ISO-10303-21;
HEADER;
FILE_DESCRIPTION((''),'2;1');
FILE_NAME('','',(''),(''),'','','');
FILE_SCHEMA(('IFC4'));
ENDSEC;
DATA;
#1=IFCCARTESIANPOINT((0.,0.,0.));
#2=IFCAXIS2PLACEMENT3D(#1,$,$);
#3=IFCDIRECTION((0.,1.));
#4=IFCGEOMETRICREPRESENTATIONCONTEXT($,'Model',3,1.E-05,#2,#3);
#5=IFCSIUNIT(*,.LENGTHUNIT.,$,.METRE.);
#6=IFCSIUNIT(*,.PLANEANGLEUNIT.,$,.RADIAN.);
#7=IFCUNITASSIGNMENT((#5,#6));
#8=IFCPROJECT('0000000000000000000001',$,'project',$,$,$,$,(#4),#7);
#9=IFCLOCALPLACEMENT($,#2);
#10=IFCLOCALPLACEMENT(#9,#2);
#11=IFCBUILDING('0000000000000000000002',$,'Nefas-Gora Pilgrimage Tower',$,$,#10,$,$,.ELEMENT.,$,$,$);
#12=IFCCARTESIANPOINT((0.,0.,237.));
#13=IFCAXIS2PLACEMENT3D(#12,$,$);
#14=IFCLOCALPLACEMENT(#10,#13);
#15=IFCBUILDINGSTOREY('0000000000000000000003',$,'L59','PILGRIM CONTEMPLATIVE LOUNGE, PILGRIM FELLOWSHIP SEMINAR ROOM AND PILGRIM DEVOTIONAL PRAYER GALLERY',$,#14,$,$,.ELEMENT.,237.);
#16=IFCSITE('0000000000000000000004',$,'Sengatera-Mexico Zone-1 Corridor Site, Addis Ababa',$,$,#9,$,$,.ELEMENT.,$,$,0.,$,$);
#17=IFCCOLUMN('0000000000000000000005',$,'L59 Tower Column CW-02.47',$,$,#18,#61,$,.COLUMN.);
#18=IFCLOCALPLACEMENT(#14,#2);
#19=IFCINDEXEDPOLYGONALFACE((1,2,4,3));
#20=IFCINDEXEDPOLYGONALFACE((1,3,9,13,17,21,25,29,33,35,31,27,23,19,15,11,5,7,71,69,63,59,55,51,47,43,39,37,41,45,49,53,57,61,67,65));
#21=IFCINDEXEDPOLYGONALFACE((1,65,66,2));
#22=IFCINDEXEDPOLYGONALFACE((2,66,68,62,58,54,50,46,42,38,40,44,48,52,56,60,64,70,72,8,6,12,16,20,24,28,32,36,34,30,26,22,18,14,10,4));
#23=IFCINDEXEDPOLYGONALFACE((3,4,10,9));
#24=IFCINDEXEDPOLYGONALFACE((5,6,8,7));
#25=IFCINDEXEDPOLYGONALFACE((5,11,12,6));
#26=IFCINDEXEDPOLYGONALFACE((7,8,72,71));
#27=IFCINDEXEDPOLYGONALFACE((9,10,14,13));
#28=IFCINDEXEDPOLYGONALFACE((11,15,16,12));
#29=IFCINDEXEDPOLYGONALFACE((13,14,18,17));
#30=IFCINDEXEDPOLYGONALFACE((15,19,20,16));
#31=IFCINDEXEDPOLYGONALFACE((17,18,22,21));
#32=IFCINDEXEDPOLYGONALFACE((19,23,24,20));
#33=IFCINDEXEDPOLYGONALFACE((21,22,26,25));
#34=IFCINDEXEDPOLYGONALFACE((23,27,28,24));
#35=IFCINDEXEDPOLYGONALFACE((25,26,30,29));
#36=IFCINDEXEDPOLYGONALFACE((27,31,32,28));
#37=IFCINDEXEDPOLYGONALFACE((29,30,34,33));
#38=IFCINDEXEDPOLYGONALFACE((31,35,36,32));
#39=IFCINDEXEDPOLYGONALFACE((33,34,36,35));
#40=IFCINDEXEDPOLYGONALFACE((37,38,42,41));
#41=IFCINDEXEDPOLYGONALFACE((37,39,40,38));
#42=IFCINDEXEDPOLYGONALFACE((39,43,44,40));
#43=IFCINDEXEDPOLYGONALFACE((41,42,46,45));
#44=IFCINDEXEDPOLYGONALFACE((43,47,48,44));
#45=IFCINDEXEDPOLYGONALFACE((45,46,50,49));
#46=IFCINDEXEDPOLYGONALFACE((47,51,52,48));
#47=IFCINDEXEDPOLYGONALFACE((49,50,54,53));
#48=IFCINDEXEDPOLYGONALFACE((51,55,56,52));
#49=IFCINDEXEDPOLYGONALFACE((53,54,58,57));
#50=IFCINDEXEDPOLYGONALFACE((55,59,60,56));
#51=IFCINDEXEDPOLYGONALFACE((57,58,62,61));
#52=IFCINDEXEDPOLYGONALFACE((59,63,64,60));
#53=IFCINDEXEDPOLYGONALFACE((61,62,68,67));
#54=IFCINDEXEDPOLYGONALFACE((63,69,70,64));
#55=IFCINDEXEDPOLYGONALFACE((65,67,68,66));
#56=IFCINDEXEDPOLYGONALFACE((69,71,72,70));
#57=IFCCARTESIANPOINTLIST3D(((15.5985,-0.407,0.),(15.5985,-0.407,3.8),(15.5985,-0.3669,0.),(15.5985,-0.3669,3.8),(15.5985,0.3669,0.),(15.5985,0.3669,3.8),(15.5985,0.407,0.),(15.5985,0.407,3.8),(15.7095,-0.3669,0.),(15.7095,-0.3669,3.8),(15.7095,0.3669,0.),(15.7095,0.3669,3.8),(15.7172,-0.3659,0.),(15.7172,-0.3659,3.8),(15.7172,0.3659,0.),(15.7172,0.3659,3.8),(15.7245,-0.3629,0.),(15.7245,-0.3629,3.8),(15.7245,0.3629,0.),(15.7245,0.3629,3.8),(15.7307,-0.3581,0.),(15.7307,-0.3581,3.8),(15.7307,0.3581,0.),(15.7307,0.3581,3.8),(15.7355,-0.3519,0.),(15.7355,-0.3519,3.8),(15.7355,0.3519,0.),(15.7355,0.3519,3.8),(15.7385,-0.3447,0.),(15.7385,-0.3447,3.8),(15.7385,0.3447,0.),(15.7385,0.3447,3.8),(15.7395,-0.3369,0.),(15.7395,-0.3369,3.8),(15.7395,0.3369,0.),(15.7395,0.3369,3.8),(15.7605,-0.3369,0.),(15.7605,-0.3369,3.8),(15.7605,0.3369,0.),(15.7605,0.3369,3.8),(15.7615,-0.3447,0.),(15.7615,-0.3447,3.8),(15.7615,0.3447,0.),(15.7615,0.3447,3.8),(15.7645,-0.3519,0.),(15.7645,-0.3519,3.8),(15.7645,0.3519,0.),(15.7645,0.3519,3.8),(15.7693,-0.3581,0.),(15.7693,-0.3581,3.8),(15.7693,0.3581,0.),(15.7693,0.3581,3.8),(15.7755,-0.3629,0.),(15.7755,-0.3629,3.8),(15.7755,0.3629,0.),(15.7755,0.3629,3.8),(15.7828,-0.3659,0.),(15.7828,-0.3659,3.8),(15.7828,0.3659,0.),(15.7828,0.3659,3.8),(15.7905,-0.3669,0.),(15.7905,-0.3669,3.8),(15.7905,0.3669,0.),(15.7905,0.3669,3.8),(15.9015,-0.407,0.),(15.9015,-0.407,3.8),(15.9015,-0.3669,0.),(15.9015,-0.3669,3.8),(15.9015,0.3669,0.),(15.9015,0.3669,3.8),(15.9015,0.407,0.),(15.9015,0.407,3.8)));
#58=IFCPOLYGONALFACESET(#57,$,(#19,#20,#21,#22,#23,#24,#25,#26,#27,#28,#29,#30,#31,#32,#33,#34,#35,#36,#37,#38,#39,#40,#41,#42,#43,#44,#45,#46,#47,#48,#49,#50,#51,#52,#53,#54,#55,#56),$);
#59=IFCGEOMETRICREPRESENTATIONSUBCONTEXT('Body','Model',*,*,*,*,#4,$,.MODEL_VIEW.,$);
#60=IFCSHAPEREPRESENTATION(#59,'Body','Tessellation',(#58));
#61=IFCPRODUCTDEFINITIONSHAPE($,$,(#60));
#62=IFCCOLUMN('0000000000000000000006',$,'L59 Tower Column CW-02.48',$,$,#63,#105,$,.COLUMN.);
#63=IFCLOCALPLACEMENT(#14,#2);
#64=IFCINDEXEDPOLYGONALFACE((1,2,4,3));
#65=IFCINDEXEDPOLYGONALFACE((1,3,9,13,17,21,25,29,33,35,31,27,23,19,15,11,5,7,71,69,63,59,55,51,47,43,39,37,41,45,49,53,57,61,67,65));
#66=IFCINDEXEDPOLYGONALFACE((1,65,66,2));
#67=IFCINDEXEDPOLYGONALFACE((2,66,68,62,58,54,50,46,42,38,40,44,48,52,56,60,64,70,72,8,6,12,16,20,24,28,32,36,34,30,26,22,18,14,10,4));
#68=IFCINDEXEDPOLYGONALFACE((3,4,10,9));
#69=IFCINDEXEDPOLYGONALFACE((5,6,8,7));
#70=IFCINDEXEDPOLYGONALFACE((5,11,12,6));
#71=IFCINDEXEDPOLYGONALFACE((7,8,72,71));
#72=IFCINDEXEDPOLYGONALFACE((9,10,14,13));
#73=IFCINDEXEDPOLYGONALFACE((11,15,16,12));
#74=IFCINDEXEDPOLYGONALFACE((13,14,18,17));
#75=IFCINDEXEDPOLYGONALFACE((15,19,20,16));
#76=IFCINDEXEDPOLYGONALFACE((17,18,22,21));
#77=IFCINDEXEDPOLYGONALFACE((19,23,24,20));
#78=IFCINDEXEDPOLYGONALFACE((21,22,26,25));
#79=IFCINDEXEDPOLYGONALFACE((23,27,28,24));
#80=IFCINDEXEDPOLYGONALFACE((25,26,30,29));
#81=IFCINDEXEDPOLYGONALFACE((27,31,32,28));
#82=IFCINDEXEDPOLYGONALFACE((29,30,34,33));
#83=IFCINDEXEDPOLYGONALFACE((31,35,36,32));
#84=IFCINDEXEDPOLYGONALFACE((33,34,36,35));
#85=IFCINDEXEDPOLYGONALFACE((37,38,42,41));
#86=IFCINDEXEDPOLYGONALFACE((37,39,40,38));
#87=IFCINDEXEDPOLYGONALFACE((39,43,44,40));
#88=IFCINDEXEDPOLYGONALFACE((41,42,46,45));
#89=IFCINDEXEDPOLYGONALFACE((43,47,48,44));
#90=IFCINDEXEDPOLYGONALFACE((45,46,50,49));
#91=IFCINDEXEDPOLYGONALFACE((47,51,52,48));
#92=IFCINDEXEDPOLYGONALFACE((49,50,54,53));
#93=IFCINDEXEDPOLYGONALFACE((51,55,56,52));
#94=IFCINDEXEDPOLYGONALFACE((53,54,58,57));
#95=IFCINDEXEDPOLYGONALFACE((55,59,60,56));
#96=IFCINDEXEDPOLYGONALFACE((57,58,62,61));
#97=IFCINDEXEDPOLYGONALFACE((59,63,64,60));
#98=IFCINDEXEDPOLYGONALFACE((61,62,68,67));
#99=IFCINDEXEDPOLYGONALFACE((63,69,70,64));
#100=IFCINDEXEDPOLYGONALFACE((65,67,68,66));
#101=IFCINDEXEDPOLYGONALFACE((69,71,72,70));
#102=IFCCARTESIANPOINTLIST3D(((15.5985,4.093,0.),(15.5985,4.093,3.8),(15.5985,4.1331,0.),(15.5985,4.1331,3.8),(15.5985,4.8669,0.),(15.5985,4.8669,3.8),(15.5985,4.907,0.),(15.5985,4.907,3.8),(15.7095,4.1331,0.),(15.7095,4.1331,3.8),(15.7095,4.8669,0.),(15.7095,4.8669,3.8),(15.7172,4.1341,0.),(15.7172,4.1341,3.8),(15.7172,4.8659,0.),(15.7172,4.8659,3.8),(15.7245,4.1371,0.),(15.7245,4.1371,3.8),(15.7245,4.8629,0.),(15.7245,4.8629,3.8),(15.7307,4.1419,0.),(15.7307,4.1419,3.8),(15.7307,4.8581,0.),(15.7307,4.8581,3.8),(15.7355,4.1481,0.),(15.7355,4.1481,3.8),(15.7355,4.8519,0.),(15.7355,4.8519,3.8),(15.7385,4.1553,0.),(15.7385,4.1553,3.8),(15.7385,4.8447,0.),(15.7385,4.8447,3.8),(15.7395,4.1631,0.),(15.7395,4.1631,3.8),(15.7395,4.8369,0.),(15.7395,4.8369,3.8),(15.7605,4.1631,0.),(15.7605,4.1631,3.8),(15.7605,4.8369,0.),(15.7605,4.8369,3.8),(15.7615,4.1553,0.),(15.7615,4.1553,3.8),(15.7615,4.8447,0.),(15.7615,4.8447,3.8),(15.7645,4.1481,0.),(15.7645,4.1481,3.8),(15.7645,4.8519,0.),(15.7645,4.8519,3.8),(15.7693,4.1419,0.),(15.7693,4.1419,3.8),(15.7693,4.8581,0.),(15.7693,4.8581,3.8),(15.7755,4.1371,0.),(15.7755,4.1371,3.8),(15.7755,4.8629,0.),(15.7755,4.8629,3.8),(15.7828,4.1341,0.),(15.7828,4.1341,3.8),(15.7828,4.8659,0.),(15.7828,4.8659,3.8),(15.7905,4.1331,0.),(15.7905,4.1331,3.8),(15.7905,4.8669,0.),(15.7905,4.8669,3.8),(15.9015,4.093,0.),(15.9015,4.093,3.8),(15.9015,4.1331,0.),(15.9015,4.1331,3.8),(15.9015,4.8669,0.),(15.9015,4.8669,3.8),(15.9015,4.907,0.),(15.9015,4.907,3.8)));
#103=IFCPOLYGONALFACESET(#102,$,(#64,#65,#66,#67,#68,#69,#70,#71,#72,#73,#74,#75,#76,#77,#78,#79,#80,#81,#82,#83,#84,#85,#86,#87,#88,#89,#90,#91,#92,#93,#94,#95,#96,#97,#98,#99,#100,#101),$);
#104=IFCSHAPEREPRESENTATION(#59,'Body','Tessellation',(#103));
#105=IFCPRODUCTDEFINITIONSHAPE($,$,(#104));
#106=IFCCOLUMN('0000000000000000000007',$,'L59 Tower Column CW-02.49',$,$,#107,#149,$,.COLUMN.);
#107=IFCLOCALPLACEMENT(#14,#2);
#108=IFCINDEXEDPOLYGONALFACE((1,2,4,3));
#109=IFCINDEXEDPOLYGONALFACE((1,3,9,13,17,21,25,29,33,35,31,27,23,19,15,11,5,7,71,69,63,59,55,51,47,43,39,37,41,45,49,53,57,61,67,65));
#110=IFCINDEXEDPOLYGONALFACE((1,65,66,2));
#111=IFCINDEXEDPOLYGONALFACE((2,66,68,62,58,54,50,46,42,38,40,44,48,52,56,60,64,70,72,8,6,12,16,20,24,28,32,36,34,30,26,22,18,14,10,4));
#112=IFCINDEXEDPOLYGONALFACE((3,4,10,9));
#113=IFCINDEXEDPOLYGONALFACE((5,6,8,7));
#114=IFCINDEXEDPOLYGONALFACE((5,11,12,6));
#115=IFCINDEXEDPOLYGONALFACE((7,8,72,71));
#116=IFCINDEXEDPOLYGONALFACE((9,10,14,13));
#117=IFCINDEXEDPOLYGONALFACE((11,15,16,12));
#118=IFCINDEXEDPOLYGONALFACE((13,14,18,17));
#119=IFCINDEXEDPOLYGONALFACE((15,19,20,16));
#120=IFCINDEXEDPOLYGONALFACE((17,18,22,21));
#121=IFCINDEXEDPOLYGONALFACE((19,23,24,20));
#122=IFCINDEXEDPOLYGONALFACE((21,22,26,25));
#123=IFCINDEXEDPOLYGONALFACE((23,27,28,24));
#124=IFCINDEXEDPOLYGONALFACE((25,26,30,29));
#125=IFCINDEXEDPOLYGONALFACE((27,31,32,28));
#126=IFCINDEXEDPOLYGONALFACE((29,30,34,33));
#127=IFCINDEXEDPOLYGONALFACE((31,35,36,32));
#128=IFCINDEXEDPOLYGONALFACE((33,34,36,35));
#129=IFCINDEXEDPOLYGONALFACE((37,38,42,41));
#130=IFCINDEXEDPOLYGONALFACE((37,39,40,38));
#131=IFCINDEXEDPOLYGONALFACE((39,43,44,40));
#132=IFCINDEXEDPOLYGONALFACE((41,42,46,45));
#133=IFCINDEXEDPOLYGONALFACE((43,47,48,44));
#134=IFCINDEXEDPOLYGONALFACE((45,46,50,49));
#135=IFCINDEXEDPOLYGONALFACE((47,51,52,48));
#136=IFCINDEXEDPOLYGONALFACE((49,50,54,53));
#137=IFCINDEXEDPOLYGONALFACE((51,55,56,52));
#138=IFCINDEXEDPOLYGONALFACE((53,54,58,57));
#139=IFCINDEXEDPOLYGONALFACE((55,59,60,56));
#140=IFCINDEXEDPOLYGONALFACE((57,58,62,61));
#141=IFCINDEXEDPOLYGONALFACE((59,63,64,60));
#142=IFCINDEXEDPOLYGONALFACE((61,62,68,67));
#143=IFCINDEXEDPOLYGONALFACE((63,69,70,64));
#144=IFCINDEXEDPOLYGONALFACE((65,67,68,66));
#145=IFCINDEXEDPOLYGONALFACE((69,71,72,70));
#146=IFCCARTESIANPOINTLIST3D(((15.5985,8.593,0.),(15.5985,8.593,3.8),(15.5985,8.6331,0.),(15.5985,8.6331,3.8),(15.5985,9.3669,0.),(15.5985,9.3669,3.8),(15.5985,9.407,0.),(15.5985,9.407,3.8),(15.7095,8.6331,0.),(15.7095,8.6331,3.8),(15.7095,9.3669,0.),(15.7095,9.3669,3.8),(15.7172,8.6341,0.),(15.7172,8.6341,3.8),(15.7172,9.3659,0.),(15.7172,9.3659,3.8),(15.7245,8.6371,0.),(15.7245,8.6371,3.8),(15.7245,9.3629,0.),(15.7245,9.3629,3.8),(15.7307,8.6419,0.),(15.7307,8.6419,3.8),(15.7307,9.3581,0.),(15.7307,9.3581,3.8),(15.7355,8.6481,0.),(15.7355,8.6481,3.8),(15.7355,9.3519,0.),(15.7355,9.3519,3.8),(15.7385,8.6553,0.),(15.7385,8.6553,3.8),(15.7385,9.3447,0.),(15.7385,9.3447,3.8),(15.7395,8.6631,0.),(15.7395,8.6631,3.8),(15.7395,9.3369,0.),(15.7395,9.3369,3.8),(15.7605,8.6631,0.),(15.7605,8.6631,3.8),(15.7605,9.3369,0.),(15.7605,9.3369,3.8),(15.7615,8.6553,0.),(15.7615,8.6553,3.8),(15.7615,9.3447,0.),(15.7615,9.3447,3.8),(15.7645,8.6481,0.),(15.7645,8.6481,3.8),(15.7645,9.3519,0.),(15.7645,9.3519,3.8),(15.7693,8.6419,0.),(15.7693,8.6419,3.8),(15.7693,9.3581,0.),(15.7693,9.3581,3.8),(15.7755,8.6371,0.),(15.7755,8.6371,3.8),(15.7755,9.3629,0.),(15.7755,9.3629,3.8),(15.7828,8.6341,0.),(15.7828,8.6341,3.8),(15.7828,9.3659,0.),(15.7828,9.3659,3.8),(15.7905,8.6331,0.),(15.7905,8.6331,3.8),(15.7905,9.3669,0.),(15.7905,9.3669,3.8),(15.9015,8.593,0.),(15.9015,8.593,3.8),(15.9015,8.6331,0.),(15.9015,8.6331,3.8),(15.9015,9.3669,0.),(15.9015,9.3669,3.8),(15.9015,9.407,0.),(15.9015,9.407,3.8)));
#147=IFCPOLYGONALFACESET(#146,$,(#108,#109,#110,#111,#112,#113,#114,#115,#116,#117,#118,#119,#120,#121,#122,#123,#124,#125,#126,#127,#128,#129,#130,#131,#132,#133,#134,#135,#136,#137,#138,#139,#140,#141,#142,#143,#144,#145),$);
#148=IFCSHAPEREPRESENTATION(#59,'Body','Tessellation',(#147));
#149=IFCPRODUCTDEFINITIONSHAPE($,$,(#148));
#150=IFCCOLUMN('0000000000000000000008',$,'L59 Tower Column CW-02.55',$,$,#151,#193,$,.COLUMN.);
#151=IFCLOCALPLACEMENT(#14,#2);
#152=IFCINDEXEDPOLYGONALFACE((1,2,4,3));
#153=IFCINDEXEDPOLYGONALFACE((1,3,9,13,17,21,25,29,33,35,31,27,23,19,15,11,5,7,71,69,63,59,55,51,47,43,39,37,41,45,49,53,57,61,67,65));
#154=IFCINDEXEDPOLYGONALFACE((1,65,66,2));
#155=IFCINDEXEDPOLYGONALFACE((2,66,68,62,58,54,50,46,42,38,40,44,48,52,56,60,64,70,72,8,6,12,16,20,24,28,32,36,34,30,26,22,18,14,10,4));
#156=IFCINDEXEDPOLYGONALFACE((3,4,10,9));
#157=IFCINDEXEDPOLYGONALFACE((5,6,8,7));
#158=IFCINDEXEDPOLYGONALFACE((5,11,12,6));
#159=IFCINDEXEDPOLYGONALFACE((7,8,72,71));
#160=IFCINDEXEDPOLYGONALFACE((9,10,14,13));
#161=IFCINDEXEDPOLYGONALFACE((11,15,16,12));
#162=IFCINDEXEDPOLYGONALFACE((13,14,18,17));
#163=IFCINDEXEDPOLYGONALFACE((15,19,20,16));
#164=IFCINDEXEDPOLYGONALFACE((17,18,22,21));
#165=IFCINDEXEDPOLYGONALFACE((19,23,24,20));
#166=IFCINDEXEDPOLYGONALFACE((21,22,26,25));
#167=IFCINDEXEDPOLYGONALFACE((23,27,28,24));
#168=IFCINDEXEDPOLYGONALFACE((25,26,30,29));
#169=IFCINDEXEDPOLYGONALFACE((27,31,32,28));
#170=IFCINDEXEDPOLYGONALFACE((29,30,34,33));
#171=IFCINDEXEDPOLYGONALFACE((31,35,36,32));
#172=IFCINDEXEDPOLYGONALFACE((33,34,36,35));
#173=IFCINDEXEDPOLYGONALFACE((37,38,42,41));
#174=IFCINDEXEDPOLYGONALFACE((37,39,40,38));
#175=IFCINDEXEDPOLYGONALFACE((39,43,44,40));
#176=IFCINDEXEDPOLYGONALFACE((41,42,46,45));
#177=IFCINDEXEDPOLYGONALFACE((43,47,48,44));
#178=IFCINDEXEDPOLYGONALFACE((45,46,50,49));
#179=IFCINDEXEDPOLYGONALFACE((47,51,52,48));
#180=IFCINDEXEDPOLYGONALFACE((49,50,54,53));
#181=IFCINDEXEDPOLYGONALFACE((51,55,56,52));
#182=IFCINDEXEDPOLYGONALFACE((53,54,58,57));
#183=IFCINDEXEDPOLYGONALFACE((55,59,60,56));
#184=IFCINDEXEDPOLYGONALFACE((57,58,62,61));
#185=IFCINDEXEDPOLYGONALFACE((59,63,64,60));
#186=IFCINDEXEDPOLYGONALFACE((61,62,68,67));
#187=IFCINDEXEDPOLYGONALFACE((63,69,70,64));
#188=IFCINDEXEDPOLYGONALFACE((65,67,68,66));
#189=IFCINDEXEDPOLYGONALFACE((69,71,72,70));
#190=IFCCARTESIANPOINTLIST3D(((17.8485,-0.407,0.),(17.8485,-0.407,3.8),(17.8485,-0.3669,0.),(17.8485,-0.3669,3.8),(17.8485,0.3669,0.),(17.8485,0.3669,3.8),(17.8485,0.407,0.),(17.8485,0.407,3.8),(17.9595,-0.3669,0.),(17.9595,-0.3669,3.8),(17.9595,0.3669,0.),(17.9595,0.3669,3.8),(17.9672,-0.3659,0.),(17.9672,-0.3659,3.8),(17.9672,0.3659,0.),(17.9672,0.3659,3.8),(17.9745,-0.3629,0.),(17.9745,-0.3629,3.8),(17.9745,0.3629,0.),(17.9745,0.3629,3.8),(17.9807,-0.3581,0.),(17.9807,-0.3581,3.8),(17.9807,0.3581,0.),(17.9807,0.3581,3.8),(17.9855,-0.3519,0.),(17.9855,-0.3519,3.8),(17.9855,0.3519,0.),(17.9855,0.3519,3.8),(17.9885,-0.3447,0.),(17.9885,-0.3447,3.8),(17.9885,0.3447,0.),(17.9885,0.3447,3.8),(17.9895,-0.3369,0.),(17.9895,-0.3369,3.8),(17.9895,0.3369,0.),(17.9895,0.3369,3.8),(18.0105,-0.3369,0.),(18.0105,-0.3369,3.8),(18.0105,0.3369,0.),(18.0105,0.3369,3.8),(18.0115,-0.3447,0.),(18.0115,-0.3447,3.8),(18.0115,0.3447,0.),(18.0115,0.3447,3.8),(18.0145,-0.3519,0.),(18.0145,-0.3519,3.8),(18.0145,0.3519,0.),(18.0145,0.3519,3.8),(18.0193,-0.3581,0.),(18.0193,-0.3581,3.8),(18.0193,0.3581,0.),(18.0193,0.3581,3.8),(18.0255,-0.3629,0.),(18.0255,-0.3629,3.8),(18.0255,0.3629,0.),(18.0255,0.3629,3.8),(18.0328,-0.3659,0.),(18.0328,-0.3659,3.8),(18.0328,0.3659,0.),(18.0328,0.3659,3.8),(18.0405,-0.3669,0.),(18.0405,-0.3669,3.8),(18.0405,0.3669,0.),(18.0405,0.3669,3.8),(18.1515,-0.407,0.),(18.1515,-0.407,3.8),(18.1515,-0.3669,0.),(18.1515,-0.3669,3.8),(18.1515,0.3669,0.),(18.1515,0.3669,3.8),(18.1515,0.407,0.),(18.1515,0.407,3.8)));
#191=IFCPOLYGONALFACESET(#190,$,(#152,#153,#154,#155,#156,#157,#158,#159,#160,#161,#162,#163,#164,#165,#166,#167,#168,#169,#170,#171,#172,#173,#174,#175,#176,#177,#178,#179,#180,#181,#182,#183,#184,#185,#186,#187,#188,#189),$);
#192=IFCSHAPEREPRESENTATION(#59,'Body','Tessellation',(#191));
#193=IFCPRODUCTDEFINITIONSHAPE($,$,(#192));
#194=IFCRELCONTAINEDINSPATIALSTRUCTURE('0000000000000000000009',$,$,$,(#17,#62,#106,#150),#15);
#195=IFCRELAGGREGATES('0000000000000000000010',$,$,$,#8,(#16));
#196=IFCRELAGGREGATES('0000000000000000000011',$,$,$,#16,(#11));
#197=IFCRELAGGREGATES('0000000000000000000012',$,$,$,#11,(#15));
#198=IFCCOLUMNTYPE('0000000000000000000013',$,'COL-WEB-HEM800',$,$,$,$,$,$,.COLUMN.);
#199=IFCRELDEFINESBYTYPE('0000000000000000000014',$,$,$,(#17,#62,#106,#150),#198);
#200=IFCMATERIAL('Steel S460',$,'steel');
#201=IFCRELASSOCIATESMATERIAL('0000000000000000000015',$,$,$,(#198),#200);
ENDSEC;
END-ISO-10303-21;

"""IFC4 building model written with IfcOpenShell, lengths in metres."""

from ifc_helpers import new_model, si_unit, direction, frame, origin, origin_2d, place, context, subcontext, project, spatial, i_section, extrude, source, transform, mapped, material, material_profile, profile_set, type_object, element, save


model = new_model("IFC4")

# Units and contexts
model_context = context("Model", 3, precision=1e-05, world=origin(), true_north=direction((0.0, 1.0)))
body_context = subcontext(model_context, "Body", "Model", "MODEL_VIEW")
ifc_project = project(units=[si_unit("LENGTHUNIT", "METRE"), si_unit("PLANEANGLEUNIT", "RADIAN")], contexts=[model_context])

# Site, building, storey
site_placement = place(None, origin())
site = spatial("IfcSite", under=ifc_project, at=site_placement, Name="Sengatera-Mexico Zone-1 Corridor Site, Addis Ababa", CompositionType="ELEMENT", RefElevation=0.0)
building_placement = place(site_placement, origin())
building = spatial("IfcBuilding", under=site, at=building_placement, Name="Nefas-Gora Pilgrimage Tower", CompositionType="ELEMENT")
storey_placement = place(building_placement, frame((0.0, 0.0, 237.0)))
storey = spatial("IfcBuildingStorey", under=building, at=storey_placement, Name="L59", Description="PILGRIM CONTEMPLATIVE LOUNGE, PILGRIM FELLOWSHIP SEMINAR ROOM AND PILGRIM DEVOTIONAL PRAYER GALLERY", CompositionType="ELEMENT", Elevation=237.0)

# Columns
ifc_material_1 = material(Name="Steel S460", Category="steel")
ifc_material_profile_1 = material_profile(ifc_material_1, i_section(OverallWidth=0.303, OverallDepth=0.814, WebThickness=0.021, FlangeThickness=0.04, FilletRadius=0.03, at=origin_2d()), Name="HEM 800")
ifc_profile_set_1 = profile_set([ifc_material_profile_1], Name="Steel S460")
column_type_1 = type_object("IfcColumnType", Name="COL-WEB-HEM800", PredefinedType="COLUMN", material=ifc_profile_set_1)
shared_shape_1 = source(origin(), body_context, "Body", "SweptSolid", [
    extrude(i_section(OverallWidth=0.303, OverallDepth=0.814, WebThickness=0.021, FlangeThickness=0.04, FilletRadius=0.03, at=origin_2d()), origin(), (0.0, 0.0, 1.0), 3.8),
])
for number, where, z_axis, x_axis, name in (
    (1, (15.75, 0.0, 0.0), (0.0, 0.0, 1.0), (1.0, 0.0, 0.0), "L59 Tower Column CW-02.47"),
    (2, (15.75, 4.5, 0.0), (0.0, 0.0, 1.0), (1.0, 0.0, 0.0), "L59 Tower Column CW-02.48"),
    (3, (15.75, 9.0, 0.0), (0.0, 0.0, 1.0), (1.0, 0.0, 0.0), "L59 Tower Column CW-02.49"),
    (4, (18.0, 0.0, 0.0), (0.0, 0.0, 1.0), (1.0, 0.0, 0.0), "L59 Tower Column CW-02.55"),
):
    element("IfcColumn", number, at=place(storey_placement, frame(where, z_axis=z_axis, x_axis=x_axis)), inside=storey, type_object=column_type_1, Name=name, PredefinedType="COLUMN", context=body_context, shape_type="MappedRepresentation", body=[
        mapped(shared_shape_1, transform((0.0, 0.0, 0.0), x_axis=(1.0, 0.0, 0.0), y_axis=(0.0, 1.0, 0.0), z_axis=(0.0, 0.0, 1.0), scale=1.0)),
    ])

save(model, "model.ifc")
